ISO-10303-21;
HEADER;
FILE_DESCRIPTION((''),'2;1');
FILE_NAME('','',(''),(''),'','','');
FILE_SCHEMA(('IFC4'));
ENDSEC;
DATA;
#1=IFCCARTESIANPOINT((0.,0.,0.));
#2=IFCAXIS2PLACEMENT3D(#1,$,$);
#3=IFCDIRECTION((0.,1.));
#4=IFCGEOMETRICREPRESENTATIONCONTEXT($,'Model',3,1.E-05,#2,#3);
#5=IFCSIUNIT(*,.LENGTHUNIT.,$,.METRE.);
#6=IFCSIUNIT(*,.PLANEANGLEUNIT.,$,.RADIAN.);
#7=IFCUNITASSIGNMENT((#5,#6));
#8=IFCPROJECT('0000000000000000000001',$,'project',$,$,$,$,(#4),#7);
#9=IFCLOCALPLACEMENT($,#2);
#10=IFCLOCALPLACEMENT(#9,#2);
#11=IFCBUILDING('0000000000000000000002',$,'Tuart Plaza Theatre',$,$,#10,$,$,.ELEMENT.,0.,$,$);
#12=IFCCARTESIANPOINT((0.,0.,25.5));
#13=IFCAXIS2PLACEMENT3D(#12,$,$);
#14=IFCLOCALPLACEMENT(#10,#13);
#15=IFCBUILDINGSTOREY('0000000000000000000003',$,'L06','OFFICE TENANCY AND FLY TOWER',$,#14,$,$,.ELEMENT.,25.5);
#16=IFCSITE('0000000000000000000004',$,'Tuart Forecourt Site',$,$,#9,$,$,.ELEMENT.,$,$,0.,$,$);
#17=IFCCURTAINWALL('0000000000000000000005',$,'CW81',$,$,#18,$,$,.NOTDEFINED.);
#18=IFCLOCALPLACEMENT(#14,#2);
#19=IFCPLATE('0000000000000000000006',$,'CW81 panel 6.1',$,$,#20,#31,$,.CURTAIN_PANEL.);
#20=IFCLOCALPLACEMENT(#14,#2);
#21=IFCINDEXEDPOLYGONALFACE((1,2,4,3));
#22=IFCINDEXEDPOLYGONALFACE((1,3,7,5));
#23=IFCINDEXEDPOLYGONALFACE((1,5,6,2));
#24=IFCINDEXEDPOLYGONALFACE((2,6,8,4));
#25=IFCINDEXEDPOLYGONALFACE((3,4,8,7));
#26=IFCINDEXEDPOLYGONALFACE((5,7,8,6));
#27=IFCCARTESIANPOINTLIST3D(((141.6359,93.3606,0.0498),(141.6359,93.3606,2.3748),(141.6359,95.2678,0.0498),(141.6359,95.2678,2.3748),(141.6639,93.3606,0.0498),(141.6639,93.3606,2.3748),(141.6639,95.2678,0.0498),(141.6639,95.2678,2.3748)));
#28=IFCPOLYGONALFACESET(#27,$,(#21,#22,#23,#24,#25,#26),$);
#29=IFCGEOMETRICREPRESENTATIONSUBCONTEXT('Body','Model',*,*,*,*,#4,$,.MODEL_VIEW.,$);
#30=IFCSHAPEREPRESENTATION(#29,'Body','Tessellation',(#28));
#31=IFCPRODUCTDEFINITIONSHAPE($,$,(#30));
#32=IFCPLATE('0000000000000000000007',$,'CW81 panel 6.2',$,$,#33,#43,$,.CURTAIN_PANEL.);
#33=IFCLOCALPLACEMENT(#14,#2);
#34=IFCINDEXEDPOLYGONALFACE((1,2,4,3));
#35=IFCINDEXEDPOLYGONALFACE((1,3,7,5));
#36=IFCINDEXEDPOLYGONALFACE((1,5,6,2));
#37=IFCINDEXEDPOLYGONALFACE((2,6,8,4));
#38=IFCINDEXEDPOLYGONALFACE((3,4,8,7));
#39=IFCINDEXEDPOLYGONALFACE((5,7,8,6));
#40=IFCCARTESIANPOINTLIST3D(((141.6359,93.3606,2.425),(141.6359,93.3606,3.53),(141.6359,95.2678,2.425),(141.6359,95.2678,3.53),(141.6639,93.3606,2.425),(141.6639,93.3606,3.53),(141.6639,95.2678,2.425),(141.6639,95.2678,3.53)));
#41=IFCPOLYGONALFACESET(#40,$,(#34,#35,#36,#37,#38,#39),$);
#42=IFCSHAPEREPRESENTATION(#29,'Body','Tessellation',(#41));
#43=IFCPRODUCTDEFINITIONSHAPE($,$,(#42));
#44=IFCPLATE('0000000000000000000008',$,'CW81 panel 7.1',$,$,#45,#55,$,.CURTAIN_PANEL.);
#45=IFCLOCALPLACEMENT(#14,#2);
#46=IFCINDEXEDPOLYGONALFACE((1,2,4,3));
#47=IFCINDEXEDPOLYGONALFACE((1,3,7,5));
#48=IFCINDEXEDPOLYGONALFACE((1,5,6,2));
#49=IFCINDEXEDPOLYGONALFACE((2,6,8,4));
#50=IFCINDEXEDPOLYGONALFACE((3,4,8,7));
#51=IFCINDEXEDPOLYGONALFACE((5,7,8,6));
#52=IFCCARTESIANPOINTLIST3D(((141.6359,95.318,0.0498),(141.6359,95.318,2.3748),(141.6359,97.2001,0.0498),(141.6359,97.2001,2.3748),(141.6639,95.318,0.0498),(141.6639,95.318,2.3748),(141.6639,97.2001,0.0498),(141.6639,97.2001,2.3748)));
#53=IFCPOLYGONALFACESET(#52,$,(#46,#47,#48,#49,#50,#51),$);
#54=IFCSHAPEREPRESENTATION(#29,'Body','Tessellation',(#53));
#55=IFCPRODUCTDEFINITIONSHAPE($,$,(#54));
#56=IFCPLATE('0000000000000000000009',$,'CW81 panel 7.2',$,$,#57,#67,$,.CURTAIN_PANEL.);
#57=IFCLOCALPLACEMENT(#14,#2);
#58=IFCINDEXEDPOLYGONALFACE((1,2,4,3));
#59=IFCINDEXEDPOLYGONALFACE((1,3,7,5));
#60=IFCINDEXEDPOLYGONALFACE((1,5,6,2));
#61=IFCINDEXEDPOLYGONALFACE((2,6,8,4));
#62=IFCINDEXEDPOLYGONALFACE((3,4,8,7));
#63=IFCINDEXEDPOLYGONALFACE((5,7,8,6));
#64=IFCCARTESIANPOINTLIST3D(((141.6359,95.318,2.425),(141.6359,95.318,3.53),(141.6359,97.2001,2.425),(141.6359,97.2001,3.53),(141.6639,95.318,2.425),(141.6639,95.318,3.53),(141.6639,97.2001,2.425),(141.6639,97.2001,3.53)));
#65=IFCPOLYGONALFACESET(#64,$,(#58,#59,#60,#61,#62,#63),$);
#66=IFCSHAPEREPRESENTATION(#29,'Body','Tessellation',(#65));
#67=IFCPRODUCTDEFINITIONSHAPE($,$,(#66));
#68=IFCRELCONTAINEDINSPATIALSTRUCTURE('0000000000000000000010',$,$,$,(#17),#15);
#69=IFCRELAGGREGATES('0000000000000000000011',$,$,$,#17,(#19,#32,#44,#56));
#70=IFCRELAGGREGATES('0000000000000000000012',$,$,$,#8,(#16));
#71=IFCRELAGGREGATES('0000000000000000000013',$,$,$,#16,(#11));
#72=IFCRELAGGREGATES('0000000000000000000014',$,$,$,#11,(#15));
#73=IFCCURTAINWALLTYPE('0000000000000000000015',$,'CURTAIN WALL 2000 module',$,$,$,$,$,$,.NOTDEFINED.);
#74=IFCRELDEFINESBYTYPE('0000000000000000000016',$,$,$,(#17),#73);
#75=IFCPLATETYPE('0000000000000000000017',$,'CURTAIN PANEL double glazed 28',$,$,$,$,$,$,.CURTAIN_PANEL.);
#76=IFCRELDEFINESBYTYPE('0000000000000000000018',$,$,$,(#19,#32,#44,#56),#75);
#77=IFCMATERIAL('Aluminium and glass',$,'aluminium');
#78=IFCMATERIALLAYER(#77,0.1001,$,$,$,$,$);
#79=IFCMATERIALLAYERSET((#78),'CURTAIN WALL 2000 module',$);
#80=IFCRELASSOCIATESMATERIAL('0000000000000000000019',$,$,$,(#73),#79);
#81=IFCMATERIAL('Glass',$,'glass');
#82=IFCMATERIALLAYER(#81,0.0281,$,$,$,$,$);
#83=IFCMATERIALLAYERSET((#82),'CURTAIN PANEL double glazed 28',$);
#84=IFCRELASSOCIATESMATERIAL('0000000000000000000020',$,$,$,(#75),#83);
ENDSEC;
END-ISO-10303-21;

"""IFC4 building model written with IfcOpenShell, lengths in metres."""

from ifc_helpers import new_model, si_unit, direction, frame, origin, origin_2d, place, context, subcontext, project, spatial, rectangle, extrude, material, layer, layer_set, type_object, element, aggregate, save


model = new_model("IFC4")

# Units and contexts
model_context = context("Model", 3, precision=1e-05, world=origin(), true_north=direction((0.0, 1.0)))
body_context = subcontext(model_context, "Body", "Model", "MODEL_VIEW")
ifc_project = project(units=[si_unit("LENGTHUNIT", "METRE"), si_unit("PLANEANGLEUNIT", "RADIAN")], contexts=[model_context])

# Site, building, storey
site_placement = place(None, origin())
site = spatial("IfcSite", under=ifc_project, at=site_placement, Name="Tuart Forecourt Site", CompositionType="ELEMENT", RefElevation=0.0)
building_placement = place(site_placement, origin())
building = spatial("IfcBuilding", under=site, at=building_placement, Name="Tuart Plaza Theatre", CompositionType="ELEMENT", ElevationOfRefHeight=0.0)
storey_placement = place(building_placement, frame((0.0, 0.0, 25.5)))
storey = spatial("IfcBuildingStorey", under=building, at=storey_placement, Name="L06", Description="OFFICE TENANCY AND FLY TOWER", CompositionType="ELEMENT", Elevation=25.5)

# Curtain wall
ifc_material_1 = material(Name="Aluminium and glass", Category="aluminium")
ifc_layer_1 = layer(ifc_material_1, 0.1001)
ifc_layer_set_1 = layer_set([ifc_layer_1], Name="CURTAIN WALL 2000 module")
curtain_wall_type = type_object("IfcCurtainWallType", Name="CURTAIN WALL 2000 module", PredefinedType="NOTDEFINED", material=ifc_layer_set_1)
curtain_wall_1_placement = place(storey_placement, origin())
curtain_wall_1 = element("IfcCurtainWall", 1, at=curtain_wall_1_placement, inside=storey, type_object=curtain_wall_type, Name="CW81", PredefinedType="NOTDEFINED")

# Plates
ifc_material_2 = material(Name="Glass", Category="glass")
ifc_layer_2 = layer(ifc_material_2, 0.0281)
ifc_layer_set_2 = layer_set([ifc_layer_2], Name="CURTAIN PANEL double glazed 28")
plate_type = type_object("IfcPlateType", Name="CURTAIN PANEL double glazed 28", PredefinedType="CURTAIN_PANEL", material=ifc_layer_set_2)
plate_1_placement = place(storey_placement, frame((141.6499, 94.3142, 0.0498), z_axis=(0.0, 0.0, 1.0), x_axis=(0.0, 1.0, 0.0)))
plate_1 = element("IfcPlate", 2, at=plate_1_placement, type_object=plate_type, Name="CW81 panel 6.1", PredefinedType="CURTAIN_PANEL", context=body_context, shape_type="SweptSolid", body=[
    extrude(rectangle(XDim=1.9072, YDim=0.0281, at=origin_2d()), origin(), (0.0, 0.0, 1.0), 2.325),
])
plate_2_placement = place(storey_placement, frame((141.6499, 94.3142, 2.425), z_axis=(0.0, 0.0, 1.0), x_axis=(0.0, 1.0, 0.0)))
plate_2 = element("IfcPlate", 3, at=plate_2_placement, type_object=plate_type, Name="CW81 panel 6.2", PredefinedType="CURTAIN_PANEL", context=body_context, shape_type="SweptSolid", body=[
    extrude(rectangle(XDim=1.9072, YDim=0.0281, at=origin_2d()), origin(), (0.0, 0.0, 1.0), 1.105),
])
plate_3_placement = place(storey_placement, frame((141.6499, 96.259, 0.0498), z_axis=(0.0, 0.0, 1.0), x_axis=(0.0, 1.0, 0.0)))
plate_3 = element("IfcPlate", 4, at=plate_3_placement, type_object=plate_type, Name="CW81 panel 7.1", PredefinedType="CURTAIN_PANEL", context=body_context, shape_type="SweptSolid", body=[
    extrude(rectangle(XDim=1.8821, YDim=0.0281, at=origin_2d()), origin(), (0.0, 0.0, 1.0), 2.325),
])
plate_4_placement = place(storey_placement, frame((141.6499, 96.259, 2.425), z_axis=(0.0, 0.0, 1.0), x_axis=(0.0, 1.0, 0.0)))
plate_4 = element("IfcPlate", 5, at=plate_4_placement, type_object=plate_type, Name="CW81 panel 7.2", PredefinedType="CURTAIN_PANEL", context=body_context, shape_type="SweptSolid", body=[
    extrude(rectangle(XDim=1.8821, YDim=0.0281, at=origin_2d()), origin(), (0.0, 0.0, 1.0), 1.105),
])
aggregate(curtain_wall_1, [plate_1, plate_2, plate_3, plate_4])

save(model, "model.ifc")
